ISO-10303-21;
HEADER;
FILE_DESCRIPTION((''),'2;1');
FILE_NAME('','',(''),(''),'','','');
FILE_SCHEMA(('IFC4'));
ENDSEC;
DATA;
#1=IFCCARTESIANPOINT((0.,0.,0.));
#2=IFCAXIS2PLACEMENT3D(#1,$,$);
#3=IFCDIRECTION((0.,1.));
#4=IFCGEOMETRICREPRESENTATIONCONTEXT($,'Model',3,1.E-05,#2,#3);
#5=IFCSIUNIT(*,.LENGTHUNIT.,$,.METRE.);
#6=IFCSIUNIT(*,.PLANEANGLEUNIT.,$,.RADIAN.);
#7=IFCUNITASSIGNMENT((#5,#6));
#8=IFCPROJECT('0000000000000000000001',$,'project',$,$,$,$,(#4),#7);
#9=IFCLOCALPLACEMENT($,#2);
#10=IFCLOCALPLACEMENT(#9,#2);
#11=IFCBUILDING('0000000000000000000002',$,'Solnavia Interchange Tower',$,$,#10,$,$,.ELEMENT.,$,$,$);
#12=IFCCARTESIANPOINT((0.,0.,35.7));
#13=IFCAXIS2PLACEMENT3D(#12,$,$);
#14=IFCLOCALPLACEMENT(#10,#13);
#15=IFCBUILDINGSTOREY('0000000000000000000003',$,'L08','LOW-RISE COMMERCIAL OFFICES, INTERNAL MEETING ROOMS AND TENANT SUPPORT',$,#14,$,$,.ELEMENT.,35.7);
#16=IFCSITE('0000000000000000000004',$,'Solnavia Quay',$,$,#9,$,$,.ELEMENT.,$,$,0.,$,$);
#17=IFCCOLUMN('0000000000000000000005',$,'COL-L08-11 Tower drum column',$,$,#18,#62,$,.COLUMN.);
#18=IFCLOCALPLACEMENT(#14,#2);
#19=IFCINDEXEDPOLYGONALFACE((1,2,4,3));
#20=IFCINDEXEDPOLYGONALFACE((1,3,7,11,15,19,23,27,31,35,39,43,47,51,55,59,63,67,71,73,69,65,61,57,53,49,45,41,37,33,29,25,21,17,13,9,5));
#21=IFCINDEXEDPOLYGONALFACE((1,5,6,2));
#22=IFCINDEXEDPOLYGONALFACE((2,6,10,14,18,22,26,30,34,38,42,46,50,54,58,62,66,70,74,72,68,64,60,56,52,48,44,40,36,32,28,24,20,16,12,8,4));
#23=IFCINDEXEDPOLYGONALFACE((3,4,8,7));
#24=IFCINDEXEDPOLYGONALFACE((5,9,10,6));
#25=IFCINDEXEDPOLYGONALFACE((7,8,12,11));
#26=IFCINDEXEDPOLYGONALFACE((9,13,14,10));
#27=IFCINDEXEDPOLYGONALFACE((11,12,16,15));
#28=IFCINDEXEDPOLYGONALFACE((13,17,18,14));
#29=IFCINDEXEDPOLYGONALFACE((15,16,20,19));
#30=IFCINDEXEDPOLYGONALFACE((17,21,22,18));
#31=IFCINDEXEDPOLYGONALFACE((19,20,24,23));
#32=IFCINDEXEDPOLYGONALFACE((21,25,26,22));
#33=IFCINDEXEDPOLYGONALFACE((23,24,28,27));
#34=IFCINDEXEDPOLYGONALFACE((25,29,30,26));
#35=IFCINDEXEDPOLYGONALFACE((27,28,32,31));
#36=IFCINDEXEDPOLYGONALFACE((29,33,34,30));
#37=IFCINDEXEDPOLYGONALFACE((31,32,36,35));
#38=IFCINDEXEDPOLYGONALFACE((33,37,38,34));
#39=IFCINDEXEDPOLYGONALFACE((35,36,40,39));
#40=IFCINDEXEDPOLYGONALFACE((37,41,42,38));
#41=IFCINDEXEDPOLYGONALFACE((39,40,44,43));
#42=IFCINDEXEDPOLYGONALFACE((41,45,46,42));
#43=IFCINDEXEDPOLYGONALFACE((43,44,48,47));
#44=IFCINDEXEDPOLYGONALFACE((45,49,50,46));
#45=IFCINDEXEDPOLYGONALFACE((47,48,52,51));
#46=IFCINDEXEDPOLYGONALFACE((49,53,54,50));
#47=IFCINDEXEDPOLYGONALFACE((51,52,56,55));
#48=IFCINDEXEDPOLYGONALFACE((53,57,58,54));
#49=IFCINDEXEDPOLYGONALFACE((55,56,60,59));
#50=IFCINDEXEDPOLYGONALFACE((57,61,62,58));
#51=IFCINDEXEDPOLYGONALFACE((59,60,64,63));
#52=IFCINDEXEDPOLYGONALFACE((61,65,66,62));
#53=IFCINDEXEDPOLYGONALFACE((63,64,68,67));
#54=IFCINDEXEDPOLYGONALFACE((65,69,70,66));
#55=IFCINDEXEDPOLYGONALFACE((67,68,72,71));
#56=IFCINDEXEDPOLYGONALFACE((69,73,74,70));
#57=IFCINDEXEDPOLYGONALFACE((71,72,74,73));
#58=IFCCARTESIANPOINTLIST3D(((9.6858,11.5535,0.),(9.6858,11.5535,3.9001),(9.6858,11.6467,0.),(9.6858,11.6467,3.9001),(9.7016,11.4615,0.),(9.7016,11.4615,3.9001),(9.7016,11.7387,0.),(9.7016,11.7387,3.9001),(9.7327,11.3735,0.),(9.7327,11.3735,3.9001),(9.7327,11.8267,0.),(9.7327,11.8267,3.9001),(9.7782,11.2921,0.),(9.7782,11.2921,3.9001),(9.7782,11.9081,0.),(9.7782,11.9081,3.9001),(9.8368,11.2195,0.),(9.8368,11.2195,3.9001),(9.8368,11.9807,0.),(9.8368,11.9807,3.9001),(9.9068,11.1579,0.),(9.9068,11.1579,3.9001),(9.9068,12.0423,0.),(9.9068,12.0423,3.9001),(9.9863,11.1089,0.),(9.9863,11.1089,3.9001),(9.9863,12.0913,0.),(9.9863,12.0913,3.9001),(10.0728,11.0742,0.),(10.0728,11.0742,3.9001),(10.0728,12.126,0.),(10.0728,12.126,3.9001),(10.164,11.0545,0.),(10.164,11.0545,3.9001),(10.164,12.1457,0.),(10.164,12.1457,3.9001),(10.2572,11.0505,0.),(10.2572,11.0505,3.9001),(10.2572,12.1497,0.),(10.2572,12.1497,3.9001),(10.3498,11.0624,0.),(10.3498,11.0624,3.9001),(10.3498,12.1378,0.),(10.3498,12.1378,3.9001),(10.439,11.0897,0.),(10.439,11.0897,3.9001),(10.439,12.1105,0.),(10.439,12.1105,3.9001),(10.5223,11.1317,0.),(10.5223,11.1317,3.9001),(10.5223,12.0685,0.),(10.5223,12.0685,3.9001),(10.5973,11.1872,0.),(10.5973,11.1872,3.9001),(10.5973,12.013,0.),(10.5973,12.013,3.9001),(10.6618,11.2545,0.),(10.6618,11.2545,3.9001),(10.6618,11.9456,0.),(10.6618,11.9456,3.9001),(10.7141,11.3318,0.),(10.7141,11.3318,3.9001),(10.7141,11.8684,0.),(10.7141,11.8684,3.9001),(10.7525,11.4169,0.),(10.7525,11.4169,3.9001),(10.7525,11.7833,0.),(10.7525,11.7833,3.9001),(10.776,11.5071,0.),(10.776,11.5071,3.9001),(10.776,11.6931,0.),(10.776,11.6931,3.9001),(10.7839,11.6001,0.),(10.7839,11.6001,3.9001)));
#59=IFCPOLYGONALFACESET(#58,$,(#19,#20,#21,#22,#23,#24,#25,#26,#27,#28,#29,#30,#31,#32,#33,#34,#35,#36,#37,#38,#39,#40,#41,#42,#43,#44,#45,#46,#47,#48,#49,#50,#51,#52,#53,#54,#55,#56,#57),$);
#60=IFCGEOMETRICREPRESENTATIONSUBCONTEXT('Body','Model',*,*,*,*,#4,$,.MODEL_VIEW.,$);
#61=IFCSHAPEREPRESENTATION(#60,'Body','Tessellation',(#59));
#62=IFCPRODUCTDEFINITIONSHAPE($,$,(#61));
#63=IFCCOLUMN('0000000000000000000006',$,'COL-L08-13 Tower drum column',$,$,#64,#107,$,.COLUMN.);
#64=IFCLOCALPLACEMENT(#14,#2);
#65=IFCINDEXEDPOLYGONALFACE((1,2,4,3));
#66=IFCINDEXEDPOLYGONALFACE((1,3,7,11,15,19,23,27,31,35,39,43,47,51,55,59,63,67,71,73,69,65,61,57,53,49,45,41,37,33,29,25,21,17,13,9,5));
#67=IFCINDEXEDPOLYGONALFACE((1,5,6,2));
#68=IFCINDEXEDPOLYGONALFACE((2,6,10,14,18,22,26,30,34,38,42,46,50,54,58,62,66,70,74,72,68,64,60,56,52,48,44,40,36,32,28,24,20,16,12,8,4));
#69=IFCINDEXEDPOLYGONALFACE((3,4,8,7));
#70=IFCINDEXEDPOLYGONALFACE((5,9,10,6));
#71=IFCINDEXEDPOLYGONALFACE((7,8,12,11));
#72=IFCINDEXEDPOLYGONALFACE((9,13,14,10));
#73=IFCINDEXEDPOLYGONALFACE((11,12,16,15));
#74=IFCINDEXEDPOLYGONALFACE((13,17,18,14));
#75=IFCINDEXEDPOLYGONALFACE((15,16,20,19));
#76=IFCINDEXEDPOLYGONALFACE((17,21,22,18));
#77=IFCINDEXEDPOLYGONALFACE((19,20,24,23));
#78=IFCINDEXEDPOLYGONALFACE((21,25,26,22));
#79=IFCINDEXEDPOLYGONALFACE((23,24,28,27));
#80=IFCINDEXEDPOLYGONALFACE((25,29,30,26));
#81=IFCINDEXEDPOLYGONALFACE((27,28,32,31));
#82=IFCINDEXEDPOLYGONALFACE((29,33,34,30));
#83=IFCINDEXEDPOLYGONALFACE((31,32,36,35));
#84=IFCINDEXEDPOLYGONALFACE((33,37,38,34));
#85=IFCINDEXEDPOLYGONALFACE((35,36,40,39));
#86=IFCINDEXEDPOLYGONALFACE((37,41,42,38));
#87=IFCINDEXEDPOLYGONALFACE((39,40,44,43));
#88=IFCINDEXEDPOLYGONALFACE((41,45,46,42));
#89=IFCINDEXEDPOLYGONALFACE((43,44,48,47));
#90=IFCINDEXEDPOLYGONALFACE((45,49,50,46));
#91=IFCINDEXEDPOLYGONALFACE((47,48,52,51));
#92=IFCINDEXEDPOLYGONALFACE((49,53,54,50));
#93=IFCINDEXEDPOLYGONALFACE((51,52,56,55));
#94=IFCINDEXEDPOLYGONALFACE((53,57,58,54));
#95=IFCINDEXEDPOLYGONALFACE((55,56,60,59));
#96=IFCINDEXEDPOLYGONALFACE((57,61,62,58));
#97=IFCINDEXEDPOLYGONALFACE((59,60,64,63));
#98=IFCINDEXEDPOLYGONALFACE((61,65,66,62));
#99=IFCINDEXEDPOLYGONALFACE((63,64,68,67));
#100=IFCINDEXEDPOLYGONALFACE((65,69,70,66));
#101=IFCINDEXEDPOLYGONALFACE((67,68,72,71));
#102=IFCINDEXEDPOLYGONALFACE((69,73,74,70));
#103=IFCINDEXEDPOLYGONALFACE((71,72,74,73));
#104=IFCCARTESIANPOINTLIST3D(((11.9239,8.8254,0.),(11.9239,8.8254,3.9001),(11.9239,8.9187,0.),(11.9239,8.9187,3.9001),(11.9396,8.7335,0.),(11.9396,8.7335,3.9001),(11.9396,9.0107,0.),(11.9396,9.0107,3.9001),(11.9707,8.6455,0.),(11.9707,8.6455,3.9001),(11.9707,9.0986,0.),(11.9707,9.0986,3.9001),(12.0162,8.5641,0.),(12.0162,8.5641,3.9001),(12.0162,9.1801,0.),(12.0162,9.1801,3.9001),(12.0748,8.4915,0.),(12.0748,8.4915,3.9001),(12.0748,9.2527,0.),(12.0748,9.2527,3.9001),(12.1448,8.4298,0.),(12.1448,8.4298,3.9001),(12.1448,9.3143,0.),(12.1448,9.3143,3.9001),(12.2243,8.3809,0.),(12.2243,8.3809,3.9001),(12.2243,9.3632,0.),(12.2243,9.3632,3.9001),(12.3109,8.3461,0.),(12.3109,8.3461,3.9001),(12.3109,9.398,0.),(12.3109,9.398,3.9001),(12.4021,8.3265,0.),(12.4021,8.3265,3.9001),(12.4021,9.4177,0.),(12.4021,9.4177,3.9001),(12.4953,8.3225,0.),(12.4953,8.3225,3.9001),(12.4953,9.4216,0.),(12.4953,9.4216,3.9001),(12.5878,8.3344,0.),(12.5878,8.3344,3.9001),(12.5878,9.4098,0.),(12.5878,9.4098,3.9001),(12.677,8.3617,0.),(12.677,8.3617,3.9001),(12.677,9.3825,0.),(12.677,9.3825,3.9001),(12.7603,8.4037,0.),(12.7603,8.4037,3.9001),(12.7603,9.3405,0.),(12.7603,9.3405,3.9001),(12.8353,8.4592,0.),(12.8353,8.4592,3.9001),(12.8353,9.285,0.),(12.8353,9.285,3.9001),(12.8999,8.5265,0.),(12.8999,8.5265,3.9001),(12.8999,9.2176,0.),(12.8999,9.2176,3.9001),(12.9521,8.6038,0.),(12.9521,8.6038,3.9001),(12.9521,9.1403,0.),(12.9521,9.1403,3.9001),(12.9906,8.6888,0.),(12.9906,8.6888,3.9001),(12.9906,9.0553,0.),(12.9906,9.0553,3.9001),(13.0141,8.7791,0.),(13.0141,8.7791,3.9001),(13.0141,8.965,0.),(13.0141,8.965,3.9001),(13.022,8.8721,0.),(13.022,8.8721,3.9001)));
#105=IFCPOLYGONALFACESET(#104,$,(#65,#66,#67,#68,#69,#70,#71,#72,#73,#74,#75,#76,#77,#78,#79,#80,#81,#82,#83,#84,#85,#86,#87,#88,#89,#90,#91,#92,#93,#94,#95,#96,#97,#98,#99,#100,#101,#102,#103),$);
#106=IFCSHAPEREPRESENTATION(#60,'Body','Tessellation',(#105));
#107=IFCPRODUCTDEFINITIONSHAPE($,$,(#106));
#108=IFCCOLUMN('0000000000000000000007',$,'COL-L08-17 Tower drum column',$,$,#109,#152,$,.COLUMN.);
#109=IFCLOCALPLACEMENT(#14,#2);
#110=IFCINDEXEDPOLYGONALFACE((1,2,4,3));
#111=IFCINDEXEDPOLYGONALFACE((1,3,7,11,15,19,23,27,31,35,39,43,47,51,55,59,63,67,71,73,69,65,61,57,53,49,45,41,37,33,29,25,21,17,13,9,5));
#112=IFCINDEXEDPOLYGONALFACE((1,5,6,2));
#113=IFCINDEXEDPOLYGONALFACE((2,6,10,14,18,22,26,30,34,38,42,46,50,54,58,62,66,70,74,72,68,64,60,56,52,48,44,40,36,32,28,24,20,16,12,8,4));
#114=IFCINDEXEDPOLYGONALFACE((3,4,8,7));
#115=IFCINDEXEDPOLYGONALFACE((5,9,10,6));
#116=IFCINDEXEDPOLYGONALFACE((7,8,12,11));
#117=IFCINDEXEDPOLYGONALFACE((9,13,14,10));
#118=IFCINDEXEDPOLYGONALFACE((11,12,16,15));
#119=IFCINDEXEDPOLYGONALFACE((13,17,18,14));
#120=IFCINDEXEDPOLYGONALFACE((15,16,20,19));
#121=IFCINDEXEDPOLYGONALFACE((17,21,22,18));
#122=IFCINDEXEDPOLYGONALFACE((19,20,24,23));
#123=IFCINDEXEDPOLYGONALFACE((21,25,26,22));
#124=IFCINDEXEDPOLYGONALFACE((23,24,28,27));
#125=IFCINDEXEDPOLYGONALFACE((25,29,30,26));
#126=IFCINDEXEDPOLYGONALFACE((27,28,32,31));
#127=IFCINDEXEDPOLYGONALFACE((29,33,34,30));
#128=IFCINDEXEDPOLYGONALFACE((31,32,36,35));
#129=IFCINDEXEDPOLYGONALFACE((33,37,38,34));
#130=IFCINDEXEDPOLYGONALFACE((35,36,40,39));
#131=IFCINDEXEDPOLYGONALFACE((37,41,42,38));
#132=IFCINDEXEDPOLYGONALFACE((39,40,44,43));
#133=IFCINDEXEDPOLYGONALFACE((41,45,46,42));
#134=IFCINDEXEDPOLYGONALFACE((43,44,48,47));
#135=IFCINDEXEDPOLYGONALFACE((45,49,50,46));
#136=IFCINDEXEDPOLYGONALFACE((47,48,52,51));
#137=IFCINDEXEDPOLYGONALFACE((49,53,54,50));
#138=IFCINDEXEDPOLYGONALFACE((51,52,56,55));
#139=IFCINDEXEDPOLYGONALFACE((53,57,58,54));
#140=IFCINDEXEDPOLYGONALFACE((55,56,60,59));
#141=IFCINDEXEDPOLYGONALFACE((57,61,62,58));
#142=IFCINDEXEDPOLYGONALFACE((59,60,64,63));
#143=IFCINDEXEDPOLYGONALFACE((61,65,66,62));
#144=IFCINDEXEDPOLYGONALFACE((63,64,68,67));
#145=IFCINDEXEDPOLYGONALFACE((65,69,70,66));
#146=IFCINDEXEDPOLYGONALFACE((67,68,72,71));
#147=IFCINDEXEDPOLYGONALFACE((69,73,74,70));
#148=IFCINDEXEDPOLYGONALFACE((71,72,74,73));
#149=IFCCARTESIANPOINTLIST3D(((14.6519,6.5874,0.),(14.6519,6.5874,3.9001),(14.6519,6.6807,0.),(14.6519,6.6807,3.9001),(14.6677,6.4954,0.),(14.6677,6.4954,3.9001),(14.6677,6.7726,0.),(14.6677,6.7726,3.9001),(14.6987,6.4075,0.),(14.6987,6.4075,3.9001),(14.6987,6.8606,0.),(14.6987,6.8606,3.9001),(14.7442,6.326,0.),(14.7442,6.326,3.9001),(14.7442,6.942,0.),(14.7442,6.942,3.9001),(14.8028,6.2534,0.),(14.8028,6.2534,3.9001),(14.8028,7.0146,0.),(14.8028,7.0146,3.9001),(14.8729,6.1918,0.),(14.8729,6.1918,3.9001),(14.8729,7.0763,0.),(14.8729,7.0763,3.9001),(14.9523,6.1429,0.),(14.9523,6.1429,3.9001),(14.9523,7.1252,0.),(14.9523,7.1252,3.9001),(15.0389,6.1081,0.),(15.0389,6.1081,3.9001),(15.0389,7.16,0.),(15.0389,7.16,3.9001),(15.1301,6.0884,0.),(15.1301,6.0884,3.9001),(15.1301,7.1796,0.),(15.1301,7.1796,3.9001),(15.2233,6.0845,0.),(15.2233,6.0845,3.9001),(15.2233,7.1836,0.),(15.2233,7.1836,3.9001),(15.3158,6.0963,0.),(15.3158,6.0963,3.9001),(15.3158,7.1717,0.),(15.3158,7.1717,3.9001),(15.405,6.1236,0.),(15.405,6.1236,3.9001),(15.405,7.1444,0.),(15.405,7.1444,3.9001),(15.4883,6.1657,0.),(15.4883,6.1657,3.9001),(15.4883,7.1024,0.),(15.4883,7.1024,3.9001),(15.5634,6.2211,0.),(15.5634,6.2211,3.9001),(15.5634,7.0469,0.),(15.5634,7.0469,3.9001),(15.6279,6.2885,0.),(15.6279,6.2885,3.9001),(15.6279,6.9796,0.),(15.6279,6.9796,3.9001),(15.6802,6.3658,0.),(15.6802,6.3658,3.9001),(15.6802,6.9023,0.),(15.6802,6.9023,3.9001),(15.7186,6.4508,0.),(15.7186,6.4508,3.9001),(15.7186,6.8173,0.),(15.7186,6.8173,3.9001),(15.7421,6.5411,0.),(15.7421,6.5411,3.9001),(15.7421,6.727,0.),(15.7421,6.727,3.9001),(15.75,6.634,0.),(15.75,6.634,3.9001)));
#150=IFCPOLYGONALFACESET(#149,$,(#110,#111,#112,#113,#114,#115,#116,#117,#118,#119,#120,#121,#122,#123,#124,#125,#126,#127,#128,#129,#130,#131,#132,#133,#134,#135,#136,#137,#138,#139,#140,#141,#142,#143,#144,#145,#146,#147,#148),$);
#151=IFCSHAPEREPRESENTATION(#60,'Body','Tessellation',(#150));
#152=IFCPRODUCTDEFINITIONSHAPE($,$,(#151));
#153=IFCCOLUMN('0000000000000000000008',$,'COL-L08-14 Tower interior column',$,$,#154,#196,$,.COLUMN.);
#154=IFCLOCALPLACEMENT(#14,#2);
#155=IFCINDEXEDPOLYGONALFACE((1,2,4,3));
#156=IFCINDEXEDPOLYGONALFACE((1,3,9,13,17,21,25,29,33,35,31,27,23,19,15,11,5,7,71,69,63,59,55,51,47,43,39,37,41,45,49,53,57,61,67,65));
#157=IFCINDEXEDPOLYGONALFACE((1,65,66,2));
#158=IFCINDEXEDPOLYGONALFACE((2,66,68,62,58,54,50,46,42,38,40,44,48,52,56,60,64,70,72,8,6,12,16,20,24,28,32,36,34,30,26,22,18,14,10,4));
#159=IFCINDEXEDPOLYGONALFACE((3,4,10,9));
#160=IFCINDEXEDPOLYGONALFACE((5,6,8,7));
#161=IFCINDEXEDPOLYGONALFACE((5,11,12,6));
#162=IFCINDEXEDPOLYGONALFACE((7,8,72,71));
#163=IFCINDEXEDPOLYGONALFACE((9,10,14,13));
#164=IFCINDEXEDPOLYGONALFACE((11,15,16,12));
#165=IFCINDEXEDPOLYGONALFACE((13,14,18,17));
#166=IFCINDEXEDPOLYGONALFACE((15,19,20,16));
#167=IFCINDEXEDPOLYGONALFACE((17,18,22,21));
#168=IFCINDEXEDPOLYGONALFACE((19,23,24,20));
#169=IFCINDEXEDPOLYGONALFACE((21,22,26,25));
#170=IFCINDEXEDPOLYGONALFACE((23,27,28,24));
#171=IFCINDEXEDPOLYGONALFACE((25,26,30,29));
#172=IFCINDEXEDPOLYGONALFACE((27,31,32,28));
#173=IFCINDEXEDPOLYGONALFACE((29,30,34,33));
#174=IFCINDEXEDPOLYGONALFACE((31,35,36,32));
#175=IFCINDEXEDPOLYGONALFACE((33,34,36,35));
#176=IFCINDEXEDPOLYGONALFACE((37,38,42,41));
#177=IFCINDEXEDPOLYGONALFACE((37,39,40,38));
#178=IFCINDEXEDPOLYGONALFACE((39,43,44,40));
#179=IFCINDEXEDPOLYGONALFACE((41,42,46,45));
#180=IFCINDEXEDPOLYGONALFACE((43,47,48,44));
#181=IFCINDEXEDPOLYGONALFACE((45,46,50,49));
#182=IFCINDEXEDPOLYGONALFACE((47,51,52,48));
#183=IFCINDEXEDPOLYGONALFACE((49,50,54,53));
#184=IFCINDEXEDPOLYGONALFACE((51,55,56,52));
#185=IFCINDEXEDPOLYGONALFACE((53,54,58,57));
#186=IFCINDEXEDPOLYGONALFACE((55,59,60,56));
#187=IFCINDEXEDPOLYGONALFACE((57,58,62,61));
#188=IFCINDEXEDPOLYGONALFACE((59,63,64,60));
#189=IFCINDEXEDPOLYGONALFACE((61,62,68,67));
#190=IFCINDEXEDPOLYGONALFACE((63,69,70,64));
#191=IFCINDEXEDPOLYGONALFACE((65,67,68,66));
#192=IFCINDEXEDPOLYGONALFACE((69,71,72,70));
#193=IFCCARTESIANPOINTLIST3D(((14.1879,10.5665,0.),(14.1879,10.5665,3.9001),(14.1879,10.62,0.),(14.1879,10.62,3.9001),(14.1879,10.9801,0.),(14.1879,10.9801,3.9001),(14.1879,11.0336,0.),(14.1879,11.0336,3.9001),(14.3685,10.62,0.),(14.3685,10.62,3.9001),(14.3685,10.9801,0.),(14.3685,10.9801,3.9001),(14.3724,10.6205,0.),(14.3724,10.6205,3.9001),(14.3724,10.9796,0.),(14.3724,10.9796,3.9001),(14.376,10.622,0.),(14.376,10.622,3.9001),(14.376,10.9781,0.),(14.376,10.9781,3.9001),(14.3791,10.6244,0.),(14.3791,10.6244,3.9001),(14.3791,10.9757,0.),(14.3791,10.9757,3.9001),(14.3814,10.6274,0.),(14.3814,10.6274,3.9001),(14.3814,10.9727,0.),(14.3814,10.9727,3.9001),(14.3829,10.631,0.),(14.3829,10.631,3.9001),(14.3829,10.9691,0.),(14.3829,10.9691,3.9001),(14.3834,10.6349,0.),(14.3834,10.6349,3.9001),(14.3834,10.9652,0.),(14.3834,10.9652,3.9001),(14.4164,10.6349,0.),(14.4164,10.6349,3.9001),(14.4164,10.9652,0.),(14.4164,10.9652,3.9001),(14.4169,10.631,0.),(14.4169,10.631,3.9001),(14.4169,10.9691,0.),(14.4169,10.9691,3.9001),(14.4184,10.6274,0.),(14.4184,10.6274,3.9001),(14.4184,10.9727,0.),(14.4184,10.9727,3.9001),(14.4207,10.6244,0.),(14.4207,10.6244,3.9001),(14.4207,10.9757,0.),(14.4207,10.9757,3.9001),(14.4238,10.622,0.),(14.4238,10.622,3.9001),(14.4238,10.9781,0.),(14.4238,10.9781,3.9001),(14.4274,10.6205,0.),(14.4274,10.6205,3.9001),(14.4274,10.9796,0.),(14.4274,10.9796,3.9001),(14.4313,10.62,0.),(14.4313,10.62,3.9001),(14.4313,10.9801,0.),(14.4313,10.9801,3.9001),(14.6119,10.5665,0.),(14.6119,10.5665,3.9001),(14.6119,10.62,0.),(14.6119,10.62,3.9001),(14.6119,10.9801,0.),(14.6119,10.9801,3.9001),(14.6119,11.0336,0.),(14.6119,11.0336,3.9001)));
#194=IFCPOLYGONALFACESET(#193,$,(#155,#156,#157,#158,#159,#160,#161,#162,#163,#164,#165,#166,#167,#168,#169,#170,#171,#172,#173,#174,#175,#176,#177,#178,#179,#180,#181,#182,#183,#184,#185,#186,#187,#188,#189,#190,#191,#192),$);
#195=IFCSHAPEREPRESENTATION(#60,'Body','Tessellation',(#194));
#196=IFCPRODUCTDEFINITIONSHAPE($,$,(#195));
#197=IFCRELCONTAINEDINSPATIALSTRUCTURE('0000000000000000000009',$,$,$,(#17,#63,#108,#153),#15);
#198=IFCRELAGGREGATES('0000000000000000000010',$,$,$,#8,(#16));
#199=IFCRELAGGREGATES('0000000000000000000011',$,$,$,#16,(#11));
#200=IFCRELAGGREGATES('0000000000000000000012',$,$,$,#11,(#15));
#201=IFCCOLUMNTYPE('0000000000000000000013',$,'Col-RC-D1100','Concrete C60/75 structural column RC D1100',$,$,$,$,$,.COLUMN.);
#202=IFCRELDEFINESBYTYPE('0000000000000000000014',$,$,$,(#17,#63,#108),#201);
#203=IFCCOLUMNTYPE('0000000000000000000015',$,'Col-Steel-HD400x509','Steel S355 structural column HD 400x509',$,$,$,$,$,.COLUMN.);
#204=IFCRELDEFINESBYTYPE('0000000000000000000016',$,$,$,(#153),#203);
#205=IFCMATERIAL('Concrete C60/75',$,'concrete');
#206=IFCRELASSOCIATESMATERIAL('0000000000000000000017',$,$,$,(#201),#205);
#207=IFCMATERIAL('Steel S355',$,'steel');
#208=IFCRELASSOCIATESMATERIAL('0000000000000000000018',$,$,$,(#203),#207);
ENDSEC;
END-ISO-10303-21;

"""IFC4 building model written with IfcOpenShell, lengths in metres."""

from ifc_helpers import new_model, si_unit, direction, frame, origin, origin_2d, place, context, subcontext, project, spatial, circle, i_section, extrude, material, material_profile, profile_set, type_object, element, save


model = new_model("IFC4")

# Units and contexts
model_context = context("Model", 3, precision=1e-05, world=origin(), true_north=direction((0.0, 1.0)))
body_context = subcontext(model_context, "Body", "Model", "MODEL_VIEW")
ifc_project = project(units=[si_unit("LENGTHUNIT", "METRE"), si_unit("PLANEANGLEUNIT", "RADIAN")], contexts=[model_context])

# Site, building, storey
site_placement = place(None, origin())
site = spatial("IfcSite", under=ifc_project, at=site_placement, Name="Solnavia Quay", CompositionType="ELEMENT", RefElevation=0.0)
building_placement = place(site_placement, origin())
building = spatial("IfcBuilding", under=site, at=building_placement, Name="Solnavia Interchange Tower", CompositionType="ELEMENT")
storey_placement = place(building_placement, frame((0.0, 0.0, 35.7)))
storey = spatial("IfcBuildingStorey", under=building, at=storey_placement, Name="L08", Description="LOW-RISE COMMERCIAL OFFICES, INTERNAL MEETING ROOMS AND TENANT SUPPORT", CompositionType="ELEMENT", Elevation=35.7)

# Columns
ifc_material_1 = material(Name="Concrete C60/75", Category="concrete")
ifc_material_profile_1 = material_profile(ifc_material_1, circle(Radius=0.55, at=origin_2d()), Name="RC D1100")
ifc_profile_set_1 = profile_set([ifc_material_profile_1], Name="Concrete C60/75")
column_type_1 = type_object("IfcColumnType", Name="Col-RC-D1100", Description="Concrete C60/75 structural column RC D1100", PredefinedType="COLUMN", material=ifc_profile_set_1)
for number, where, z_axis, x_axis, name in (
    (1, (10.2339, 11.6001, 0.0), (0.0, 0.0, 1.0), (1.0, 0.0, 0.0), "COL-L08-11 Tower drum column"),
    (2, (12.4719, 8.8721, 0.0), (0.0, 0.0, 1.0), (1.0, 0.0, 0.0), "COL-L08-13 Tower drum column"),
    (3, (15.2, 6.634, 0.0), (0.0, 0.0, 1.0), (1.0, 0.0, 0.0), "COL-L08-17 Tower drum column"),
):
    element("IfcColumn", number, at=place(storey_placement, frame(where, z_axis=z_axis, x_axis=x_axis)), inside=storey, type_object=column_type_1, Name=name, PredefinedType="COLUMN", context=body_context, shape_type="SweptSolid", body=[
        extrude(circle(Radius=0.55, at=origin_2d()), origin(), (0.0, 0.0, 1.0), 3.9001),
    ])
ifc_material_2 = material(Name="Steel S355", Category="steel")
ifc_material_profile_2 = material_profile(ifc_material_2, i_section(OverallWidth=0.4241, OverallDepth=0.467, WebThickness=0.033, FlangeThickness=0.0535, FilletRadius=0.0149, at=origin_2d()), Name="HD 400x509")
ifc_profile_set_2 = profile_set([ifc_material_profile_2], Name="Steel S355")
column_type_2 = type_object("IfcColumnType", Name="Col-Steel-HD400x509", Description="Steel S355 structural column HD 400x509", PredefinedType="COLUMN", material=ifc_profile_set_2)
column_placement = place(storey_placement, frame((14.3999, 10.8, 0.0), z_axis=(0.0, 0.0, 1.0), x_axis=(1.0, 0.0, 0.0)))
element("IfcColumn", 4, at=column_placement, inside=storey, type_object=column_type_2, Name="COL-L08-14 Tower interior column", PredefinedType="COLUMN", context=body_context, shape_type="SweptSolid", body=[
    extrude(i_section(OverallWidth=0.4241, OverallDepth=0.467, WebThickness=0.033, FlangeThickness=0.0535, FilletRadius=0.0149, at=origin_2d()), origin(), (0.0, 0.0, 1.0), 3.9001),
])

save(model, "model.ifc")
